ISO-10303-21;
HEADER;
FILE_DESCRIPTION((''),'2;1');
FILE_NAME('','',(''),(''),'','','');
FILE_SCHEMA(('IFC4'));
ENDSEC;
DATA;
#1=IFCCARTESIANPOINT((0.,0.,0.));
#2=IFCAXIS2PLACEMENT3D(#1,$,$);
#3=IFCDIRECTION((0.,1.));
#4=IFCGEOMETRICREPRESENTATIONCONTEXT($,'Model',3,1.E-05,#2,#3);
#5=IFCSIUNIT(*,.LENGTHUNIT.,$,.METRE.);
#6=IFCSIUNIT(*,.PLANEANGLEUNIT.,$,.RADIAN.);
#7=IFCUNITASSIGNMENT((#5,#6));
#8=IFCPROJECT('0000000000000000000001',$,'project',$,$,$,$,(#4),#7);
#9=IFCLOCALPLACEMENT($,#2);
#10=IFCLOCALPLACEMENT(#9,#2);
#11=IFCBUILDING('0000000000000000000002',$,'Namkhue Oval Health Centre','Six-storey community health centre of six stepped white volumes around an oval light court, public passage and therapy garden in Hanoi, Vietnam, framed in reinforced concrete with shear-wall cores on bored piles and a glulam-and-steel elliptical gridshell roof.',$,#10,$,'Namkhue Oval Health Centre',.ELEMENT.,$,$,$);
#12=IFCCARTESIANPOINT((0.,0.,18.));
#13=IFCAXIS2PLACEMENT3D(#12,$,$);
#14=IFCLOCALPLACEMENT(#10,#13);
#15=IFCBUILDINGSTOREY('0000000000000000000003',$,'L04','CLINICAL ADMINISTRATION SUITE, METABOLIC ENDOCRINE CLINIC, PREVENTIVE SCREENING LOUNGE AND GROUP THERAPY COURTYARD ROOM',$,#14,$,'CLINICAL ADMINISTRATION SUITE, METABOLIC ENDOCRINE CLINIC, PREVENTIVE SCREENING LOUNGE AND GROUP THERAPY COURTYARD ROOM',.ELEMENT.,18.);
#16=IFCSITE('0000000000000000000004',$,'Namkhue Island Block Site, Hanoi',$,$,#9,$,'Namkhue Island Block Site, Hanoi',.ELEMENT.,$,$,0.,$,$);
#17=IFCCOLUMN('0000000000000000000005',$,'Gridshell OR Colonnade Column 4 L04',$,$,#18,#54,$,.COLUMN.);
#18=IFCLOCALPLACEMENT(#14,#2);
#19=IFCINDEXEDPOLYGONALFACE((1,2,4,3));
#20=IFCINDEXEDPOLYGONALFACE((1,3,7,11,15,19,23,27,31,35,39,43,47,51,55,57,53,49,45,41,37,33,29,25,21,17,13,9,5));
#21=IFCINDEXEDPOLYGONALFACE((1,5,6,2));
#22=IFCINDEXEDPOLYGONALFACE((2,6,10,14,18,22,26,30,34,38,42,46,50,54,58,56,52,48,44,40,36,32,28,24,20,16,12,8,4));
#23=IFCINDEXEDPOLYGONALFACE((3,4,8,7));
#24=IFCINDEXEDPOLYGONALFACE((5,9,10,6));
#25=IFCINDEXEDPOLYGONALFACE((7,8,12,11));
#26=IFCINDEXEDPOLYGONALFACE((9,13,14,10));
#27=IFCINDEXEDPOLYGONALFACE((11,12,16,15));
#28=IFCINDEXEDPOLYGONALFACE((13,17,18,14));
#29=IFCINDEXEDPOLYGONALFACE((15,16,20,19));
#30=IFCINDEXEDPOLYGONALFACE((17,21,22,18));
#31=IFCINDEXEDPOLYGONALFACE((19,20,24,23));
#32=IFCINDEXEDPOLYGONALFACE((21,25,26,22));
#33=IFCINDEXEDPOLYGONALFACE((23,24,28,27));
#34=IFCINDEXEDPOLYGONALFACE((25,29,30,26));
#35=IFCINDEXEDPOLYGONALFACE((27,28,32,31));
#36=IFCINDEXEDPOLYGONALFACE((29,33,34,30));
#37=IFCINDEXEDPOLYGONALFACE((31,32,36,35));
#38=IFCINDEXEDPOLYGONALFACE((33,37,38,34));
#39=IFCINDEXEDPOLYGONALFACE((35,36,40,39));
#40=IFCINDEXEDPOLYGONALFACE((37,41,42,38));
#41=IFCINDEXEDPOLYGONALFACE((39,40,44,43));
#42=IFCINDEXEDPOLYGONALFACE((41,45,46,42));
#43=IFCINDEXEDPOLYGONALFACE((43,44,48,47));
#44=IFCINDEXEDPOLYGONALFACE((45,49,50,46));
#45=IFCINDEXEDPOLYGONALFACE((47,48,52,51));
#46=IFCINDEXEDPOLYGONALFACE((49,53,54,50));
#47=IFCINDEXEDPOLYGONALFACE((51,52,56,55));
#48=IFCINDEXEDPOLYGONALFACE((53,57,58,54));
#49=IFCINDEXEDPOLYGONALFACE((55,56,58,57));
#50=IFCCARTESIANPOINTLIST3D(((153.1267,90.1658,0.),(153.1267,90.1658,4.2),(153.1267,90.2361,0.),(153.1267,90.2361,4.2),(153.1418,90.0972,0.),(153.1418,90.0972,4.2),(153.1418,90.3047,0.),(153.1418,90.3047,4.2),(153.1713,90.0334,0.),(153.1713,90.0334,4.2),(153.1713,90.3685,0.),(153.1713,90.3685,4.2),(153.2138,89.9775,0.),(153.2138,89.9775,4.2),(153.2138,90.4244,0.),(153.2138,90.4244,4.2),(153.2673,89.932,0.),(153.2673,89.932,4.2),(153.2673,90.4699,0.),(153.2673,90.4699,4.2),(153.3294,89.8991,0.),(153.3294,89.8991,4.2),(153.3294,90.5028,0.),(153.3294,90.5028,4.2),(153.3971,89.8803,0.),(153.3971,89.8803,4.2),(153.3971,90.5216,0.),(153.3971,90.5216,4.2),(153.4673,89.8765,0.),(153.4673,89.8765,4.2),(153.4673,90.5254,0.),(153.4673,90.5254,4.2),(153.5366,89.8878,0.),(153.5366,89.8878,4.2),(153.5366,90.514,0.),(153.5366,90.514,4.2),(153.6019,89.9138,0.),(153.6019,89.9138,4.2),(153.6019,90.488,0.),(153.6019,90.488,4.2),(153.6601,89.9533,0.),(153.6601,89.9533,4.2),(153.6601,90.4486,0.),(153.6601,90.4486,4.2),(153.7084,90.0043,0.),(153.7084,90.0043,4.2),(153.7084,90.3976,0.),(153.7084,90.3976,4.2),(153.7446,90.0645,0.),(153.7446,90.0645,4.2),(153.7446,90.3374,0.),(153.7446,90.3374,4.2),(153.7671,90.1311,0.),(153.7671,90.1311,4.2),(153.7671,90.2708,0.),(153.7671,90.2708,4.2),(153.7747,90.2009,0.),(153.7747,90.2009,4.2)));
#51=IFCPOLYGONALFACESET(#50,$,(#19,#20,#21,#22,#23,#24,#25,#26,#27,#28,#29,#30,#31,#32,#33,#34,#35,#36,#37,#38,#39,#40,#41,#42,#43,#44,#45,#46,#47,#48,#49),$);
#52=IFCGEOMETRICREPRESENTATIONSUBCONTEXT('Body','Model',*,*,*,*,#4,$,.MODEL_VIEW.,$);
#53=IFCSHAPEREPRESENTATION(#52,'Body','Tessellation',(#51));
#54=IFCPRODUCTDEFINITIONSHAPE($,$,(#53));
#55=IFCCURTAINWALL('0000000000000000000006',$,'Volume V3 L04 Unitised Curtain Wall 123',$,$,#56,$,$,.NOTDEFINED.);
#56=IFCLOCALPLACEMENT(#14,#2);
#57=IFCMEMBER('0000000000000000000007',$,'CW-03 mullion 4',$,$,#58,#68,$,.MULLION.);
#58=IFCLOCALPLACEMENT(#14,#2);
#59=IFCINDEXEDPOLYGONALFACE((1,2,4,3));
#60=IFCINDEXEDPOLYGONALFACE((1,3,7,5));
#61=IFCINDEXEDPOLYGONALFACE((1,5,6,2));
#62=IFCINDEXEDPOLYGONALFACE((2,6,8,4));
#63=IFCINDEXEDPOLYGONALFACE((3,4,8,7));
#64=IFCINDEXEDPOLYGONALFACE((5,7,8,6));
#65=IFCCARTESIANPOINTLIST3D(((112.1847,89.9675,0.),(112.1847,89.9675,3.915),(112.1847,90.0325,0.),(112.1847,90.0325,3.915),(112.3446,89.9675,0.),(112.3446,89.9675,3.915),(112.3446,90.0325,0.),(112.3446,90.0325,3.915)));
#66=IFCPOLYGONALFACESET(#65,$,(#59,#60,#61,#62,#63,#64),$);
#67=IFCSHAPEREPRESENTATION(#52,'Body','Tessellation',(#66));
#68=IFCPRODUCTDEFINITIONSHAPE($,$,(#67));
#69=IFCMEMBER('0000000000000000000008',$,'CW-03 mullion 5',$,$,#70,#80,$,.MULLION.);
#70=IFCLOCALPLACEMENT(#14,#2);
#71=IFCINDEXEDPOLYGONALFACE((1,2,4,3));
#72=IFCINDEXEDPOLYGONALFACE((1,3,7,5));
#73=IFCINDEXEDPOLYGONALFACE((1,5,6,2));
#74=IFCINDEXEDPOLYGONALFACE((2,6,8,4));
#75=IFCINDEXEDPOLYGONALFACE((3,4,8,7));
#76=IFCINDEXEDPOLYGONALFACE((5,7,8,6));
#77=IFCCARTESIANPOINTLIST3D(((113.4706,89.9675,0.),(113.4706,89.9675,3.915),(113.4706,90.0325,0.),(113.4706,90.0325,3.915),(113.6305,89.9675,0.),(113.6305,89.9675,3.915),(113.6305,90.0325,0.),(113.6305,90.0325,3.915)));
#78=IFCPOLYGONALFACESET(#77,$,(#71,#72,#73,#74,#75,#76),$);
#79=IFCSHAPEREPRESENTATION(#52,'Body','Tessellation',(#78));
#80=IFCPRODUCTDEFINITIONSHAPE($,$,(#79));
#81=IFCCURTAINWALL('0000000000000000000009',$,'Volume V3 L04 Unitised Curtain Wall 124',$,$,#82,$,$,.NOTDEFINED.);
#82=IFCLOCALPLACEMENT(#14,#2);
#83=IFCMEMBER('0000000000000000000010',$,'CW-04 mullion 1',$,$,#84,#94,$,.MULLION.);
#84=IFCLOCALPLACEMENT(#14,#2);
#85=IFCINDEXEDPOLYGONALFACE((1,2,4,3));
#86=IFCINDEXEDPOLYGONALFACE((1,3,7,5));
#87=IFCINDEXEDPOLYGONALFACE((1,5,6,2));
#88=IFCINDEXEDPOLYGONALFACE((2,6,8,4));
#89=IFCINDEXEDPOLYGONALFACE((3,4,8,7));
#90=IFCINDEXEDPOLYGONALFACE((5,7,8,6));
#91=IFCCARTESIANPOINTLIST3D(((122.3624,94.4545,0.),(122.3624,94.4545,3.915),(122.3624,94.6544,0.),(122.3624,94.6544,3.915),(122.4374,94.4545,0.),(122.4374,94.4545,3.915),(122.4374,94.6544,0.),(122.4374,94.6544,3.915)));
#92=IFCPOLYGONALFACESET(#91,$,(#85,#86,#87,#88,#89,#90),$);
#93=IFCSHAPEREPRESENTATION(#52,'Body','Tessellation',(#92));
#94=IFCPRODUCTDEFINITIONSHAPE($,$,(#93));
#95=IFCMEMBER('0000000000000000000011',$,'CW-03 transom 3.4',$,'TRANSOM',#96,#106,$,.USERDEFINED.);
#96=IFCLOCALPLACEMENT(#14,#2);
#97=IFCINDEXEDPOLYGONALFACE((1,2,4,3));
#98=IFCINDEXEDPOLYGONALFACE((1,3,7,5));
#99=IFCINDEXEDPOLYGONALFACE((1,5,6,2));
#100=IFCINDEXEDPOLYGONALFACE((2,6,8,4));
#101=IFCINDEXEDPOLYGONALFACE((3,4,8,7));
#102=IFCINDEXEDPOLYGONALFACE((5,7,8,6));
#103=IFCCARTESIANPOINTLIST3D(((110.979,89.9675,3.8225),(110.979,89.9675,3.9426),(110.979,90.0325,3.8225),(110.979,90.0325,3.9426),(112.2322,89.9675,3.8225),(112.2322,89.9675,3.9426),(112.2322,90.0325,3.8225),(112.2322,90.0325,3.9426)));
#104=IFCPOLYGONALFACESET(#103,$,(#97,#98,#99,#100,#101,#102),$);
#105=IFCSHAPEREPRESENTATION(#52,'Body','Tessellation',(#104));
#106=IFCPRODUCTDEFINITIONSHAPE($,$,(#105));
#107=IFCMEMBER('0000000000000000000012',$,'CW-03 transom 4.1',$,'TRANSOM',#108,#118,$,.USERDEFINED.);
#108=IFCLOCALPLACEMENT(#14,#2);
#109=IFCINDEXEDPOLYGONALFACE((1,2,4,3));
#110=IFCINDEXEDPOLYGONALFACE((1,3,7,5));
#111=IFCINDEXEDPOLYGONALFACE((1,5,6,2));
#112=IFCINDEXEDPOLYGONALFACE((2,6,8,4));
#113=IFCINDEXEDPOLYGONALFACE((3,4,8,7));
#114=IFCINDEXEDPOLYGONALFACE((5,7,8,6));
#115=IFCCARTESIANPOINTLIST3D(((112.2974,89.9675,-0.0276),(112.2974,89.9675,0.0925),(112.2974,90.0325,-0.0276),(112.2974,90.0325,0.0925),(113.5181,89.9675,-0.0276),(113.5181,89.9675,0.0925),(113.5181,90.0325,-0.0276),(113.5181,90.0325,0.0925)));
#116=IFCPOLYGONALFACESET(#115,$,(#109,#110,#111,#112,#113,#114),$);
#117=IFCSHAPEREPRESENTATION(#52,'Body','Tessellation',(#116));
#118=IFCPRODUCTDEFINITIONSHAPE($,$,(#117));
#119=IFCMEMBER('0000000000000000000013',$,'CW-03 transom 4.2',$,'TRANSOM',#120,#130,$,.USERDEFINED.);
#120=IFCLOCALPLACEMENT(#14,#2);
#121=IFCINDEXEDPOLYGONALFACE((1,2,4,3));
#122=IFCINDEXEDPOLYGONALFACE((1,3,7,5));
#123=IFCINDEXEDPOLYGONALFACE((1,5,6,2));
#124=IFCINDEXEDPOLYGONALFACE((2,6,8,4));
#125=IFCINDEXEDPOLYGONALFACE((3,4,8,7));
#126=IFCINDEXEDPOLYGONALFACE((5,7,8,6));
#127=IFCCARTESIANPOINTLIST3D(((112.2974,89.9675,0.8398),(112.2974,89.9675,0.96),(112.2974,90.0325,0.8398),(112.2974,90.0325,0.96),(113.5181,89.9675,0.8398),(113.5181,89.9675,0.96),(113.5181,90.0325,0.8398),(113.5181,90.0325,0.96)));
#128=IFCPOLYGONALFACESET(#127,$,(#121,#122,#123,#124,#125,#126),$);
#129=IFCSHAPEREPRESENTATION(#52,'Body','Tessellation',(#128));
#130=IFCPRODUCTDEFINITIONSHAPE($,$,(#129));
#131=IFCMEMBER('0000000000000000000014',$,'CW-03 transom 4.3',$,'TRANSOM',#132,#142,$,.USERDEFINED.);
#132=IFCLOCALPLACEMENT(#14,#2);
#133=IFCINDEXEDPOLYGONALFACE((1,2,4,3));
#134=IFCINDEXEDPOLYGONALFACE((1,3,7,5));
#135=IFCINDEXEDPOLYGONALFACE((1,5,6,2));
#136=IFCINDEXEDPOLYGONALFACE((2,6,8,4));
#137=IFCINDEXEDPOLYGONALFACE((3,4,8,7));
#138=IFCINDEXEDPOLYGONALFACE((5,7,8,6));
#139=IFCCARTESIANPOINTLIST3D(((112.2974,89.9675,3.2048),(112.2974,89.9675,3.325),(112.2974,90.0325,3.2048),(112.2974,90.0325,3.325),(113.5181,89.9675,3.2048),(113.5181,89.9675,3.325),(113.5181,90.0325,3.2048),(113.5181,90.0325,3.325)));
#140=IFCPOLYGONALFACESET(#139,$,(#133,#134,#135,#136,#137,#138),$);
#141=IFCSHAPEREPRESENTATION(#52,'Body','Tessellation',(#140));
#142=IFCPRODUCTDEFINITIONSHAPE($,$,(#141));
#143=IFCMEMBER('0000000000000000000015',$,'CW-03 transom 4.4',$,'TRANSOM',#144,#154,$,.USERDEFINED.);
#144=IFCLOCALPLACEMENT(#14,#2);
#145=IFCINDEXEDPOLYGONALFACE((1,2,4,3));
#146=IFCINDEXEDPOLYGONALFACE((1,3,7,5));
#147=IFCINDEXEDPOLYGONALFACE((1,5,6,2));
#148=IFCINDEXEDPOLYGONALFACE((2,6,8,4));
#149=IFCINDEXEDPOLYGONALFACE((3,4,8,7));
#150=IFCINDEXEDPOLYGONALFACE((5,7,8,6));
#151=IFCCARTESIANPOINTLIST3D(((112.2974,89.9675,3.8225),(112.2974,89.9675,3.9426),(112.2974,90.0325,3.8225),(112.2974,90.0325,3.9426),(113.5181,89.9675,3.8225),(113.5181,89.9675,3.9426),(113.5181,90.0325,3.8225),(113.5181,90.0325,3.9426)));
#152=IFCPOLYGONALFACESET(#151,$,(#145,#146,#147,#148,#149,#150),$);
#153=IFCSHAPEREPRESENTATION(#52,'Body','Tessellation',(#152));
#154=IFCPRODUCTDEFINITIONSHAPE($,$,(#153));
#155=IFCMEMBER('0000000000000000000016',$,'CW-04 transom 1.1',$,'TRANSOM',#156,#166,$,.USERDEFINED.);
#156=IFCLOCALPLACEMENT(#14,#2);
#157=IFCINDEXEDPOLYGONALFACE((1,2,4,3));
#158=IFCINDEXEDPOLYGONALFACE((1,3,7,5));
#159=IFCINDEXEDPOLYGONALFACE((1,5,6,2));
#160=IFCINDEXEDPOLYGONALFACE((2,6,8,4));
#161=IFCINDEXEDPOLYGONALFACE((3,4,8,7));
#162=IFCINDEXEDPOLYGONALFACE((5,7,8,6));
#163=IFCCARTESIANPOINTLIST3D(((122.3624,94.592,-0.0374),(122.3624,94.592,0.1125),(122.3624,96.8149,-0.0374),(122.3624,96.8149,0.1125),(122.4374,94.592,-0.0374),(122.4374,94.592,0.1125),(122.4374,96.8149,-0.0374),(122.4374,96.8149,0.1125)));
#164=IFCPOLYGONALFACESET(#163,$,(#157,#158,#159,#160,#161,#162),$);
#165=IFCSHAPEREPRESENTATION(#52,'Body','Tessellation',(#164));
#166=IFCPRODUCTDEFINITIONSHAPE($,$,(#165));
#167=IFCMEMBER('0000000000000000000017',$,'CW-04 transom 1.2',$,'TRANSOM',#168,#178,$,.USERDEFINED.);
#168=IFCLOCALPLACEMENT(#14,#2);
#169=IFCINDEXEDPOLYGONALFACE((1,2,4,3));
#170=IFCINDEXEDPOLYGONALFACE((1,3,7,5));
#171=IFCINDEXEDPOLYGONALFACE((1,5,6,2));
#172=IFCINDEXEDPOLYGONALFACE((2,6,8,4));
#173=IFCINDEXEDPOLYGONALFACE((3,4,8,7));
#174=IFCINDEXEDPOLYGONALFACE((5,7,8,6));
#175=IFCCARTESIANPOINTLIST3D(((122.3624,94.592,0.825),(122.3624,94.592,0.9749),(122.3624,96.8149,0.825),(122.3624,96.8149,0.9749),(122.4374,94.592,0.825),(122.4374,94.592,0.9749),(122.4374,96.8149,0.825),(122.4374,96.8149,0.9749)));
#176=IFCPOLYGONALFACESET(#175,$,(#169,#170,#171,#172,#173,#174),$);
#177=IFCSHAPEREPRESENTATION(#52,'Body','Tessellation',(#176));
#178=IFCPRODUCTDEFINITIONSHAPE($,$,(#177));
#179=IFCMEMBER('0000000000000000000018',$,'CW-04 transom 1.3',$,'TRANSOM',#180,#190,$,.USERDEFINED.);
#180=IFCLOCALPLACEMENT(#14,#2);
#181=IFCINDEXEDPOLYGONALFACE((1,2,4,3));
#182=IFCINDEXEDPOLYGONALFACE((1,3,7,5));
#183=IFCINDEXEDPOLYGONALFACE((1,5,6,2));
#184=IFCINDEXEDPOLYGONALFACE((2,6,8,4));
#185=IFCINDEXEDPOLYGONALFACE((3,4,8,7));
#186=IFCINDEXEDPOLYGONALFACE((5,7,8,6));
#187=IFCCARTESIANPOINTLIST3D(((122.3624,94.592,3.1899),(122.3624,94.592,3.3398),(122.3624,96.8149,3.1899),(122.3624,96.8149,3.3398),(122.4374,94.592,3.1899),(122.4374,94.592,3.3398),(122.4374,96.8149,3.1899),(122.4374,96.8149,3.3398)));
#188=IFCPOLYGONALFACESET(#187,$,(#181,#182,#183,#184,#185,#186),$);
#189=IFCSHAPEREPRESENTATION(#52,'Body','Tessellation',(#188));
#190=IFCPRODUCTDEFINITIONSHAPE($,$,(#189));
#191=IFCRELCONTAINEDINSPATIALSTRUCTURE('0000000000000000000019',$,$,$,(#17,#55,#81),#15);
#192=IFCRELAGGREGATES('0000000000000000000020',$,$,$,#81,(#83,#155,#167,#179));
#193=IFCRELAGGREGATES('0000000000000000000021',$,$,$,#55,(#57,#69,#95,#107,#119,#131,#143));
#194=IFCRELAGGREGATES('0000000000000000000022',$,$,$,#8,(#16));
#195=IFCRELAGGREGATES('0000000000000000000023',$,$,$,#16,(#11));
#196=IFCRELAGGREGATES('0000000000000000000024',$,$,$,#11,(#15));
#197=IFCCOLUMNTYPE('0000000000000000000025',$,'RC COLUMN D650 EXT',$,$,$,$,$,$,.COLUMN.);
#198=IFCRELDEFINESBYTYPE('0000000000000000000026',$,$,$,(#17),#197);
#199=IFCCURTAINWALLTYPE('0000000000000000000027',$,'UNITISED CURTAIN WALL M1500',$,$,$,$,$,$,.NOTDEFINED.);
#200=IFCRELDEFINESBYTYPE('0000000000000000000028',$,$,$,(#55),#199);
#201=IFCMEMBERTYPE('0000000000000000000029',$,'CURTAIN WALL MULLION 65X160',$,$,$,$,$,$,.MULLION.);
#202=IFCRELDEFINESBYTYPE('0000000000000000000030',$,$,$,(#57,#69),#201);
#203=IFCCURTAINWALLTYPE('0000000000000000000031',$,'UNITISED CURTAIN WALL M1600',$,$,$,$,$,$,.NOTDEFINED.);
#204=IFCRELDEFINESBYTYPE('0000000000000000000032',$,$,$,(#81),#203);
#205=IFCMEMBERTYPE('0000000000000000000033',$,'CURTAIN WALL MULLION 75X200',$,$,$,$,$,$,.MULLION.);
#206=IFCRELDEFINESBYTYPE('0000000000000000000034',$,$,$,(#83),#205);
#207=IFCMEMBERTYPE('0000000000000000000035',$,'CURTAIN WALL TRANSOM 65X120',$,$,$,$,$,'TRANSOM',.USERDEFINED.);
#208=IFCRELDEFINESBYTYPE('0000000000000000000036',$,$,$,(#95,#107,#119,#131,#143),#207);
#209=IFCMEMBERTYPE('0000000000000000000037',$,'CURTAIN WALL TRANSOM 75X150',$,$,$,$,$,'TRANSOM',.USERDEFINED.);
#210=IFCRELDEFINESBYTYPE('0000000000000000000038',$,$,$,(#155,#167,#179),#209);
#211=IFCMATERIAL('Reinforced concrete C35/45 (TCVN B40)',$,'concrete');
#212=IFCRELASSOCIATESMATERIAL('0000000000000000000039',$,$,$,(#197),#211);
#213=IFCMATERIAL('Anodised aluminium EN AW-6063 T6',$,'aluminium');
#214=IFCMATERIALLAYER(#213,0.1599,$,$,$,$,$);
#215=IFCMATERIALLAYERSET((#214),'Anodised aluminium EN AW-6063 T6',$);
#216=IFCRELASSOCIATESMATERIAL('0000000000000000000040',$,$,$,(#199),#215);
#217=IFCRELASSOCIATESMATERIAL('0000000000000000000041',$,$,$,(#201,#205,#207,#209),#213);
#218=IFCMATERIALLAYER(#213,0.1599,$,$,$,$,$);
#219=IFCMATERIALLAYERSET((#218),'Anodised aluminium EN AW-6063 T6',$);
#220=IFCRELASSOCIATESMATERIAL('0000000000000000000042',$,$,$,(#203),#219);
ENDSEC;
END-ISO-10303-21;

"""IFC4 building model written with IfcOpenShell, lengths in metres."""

from ifc_helpers import new_model, si_unit, direction, frame, origin, origin_2d, place, context, subcontext, project, spatial, rectangle, circle, extrude, material, layer, layer_set, material_profile, profile_set, type_object, element, aggregate, save


model = new_model("IFC4")

# Units and contexts
model_context = context("Model", 3, precision=1e-05, world=origin(), true_north=direction((0.0, 1.0)))
body_context = subcontext(model_context, "Body", "Model", "MODEL_VIEW")
ifc_project = project(units=[si_unit("LENGTHUNIT", "METRE"), si_unit("PLANEANGLEUNIT", "RADIAN")], contexts=[model_context])

# Site, building, storey
site_placement = place(None, origin())
site = spatial("IfcSite", under=ifc_project, at=site_placement, Name="Namkhue Island Block Site, Hanoi", LongName="Namkhue Island Block Site, Hanoi", CompositionType="ELEMENT", RefElevation=0.0)
building_placement = place(site_placement, origin())
building = spatial("IfcBuilding", under=site, at=building_placement, Name="Namkhue Oval Health Centre", Description="Six-storey community health centre of six stepped white volumes around an oval light court, public passage and therapy garden in Hanoi, Vietnam, framed in reinforced concrete with shear-wall cores on bored piles and a glulam-and-steel elliptical gridshell roof.", LongName="Namkhue Oval Health Centre", CompositionType="ELEMENT")
storey_placement = place(building_placement, frame((0.0, 0.0, 18.0)))
storey = spatial("IfcBuildingStorey", under=building, at=storey_placement, Name="L04", Description="CLINICAL ADMINISTRATION SUITE, METABOLIC ENDOCRINE CLINIC, PREVENTIVE SCREENING LOUNGE AND GROUP THERAPY COURTYARD ROOM", LongName="CLINICAL ADMINISTRATION SUITE, METABOLIC ENDOCRINE CLINIC, PREVENTIVE SCREENING LOUNGE AND GROUP THERAPY COURTYARD ROOM", CompositionType="ELEMENT", Elevation=18.0)

# Column
ifc_material_1 = material(Name="Reinforced concrete C35/45 (TCVN B40)", Category="concrete")
ifc_material_profile_1 = material_profile(ifc_material_1, circle(Radius=0.325, at=origin_2d()), Name="RC D650")
ifc_profile_set_1 = profile_set([ifc_material_profile_1], Name="Reinforced concrete C35/45 (TCVN B40)")
column_type = type_object("IfcColumnType", Name="RC COLUMN D650 EXT", PredefinedType="COLUMN", material=ifc_profile_set_1)
column_placement = place(storey_placement, frame((153.4497, 90.2009, 0.0), z_axis=(0.0, 0.0, 1.0), x_axis=(1.0, 0.0, 0.0)))
element("IfcColumn", 1, at=column_placement, inside=storey, type_object=column_type, Name="Gridshell OR Colonnade Column 4 L04", PredefinedType="COLUMN", context=body_context, shape_type="SweptSolid", body=[
    extrude(circle(Radius=0.325, at=origin_2d()), origin(), (0.0, 0.0, 1.0), 4.2),
])

# Curtain wall, members
ifc_material_2 = material(Name="Anodised aluminium EN AW-6063 T6", Category="aluminium")
ifc_layer_1 = layer(ifc_material_2, 0.1599)
ifc_layer_set_1 = layer_set([ifc_layer_1], Name="Anodised aluminium EN AW-6063 T6")
curtain_wall_type_1 = type_object("IfcCurtainWallType", Name="UNITISED CURTAIN WALL M1500", PredefinedType="NOTDEFINED", material=ifc_layer_set_1)
curtain_wall_1_placement = place(storey_placement, origin())
curtain_wall_1 = element("IfcCurtainWall", 2, at=curtain_wall_1_placement, inside=storey, type_object=curtain_wall_type_1, Name="Volume V3 L04 Unitised Curtain Wall 123", PredefinedType="NOTDEFINED")
ifc_material_profile_2 = material_profile(ifc_material_2, rectangle(XDim=0.0649, YDim=0.1599, at=origin_2d()), Name="ALU 65x160")
ifc_profile_set_2 = profile_set([ifc_material_profile_2], Name="Anodised aluminium EN AW-6063 T6")
member_type_1 = type_object("IfcMemberType", Name="CURTAIN WALL MULLION 65X160", PredefinedType="MULLION", material=ifc_profile_set_2)
member_1_placement = place(storey_placement, frame((112.2646, 90.0, 0.0), z_axis=(0.0, 0.0, 1.0), x_axis=(0.0, 1.0, 0.0)))
member_1 = element("IfcMember", 3, at=member_1_placement, type_object=member_type_1, Name="CW-03 mullion 4", PredefinedType="MULLION", context=body_context, shape_type="SweptSolid", body=[
    extrude(rectangle(XDim=0.0649, YDim=0.1599, at=origin_2d()), origin(), (0.0, 0.0, 1.0), 3.915),
])
member_2_placement = place(storey_placement, frame((113.5505, 90.0, 0.0), z_axis=(0.0, 0.0, 1.0), x_axis=(0.0, 1.0, 0.0)))
member_2 = element("IfcMember", 4, at=member_2_placement, type_object=member_type_1, Name="CW-03 mullion 5", PredefinedType="MULLION", context=body_context, shape_type="SweptSolid", body=[
    extrude(rectangle(XDim=0.0649, YDim=0.1599, at=origin_2d()), origin(), (0.0, 0.0, 1.0), 3.915),
])

# Curtain wall, member
ifc_layer_2 = layer(ifc_material_2, 0.1599)
ifc_layer_set_2 = layer_set([ifc_layer_2], Name="Anodised aluminium EN AW-6063 T6")
curtain_wall_type_2 = type_object("IfcCurtainWallType", Name="UNITISED CURTAIN WALL M1600", PredefinedType="NOTDEFINED", material=ifc_layer_set_2)
curtain_wall_2_placement = place(storey_placement, origin())
curtain_wall_2 = element("IfcCurtainWall", 5, at=curtain_wall_2_placement, inside=storey, type_object=curtain_wall_type_2, Name="Volume V3 L04 Unitised Curtain Wall 124", PredefinedType="NOTDEFINED")
ifc_material_profile_3 = material_profile(ifc_material_2, rectangle(XDim=0.075, YDim=0.2, at=origin_2d()), Name="ALU 75x200")
ifc_profile_set_3 = profile_set([ifc_material_profile_3], Name="Anodised aluminium EN AW-6063 T6")
member_type_2 = type_object("IfcMemberType", Name="CURTAIN WALL MULLION 75X200", PredefinedType="MULLION", material=ifc_profile_set_3)
member_3_placement = place(storey_placement, frame((122.3999, 94.5544, 0.0), z_axis=(0.0, 0.0, 1.0), x_axis=(-1.0, 0.0, 0.0)))
member_3 = element("IfcMember", 6, at=member_3_placement, type_object=member_type_2, Name="CW-04 mullion 1", PredefinedType="MULLION", context=body_context, shape_type="SweptSolid", body=[
    extrude(rectangle(XDim=0.075, YDim=0.2, at=origin_2d()), origin(), (0.0, 0.0, 1.0), 3.915),
])

# Members
ifc_material_profile_4 = material_profile(ifc_material_2, rectangle(XDim=0.0649, YDim=0.1201, at=origin_2d()), Name="ALU 65x120")
ifc_profile_set_4 = profile_set([ifc_material_profile_4], Name="Anodised aluminium EN AW-6063 T6")
member_type_3 = type_object("IfcMemberType", Name="CURTAIN WALL TRANSOM 65X120", ElementType="TRANSOM", PredefinedType="USERDEFINED", material=ifc_profile_set_4)
member_4_placement = place(storey_placement, frame((110.979, 90.0, 3.8826), z_axis=(1.0, 0.0, 0.0), x_axis=(0.0, 1.0, 0.0)))
member_4 = element("IfcMember", 7, at=member_4_placement, type_object=member_type_3, Name="CW-03 transom 3.4", ObjectType="TRANSOM", PredefinedType="USERDEFINED", context=body_context, shape_type="SweptSolid", body=[
    extrude(rectangle(XDim=0.0649, YDim=0.1201, at=origin_2d()), origin(), (0.0, 0.0, 1.0), 1.2532),
])
member_5_placement = place(storey_placement, frame((112.2974, 90.0, 0.0325), z_axis=(1.0, 0.0, 0.0), x_axis=(0.0, 1.0, 0.0)))
member_5 = element("IfcMember", 8, at=member_5_placement, type_object=member_type_3, Name="CW-03 transom 4.1", ObjectType="TRANSOM", PredefinedType="USERDEFINED", context=body_context, shape_type="SweptSolid", body=[
    extrude(rectangle(XDim=0.0649, YDim=0.1201, at=origin_2d()), origin(), (0.0, 0.0, 1.0), 1.2207),
])
member_6_placement = place(storey_placement, frame((112.2974, 90.0, 0.8999), z_axis=(1.0, 0.0, 0.0), x_axis=(0.0, 1.0, 0.0)))
member_6 = element("IfcMember", 9, at=member_6_placement, type_object=member_type_3, Name="CW-03 transom 4.2", ObjectType="TRANSOM", PredefinedType="USERDEFINED", context=body_context, shape_type="SweptSolid", body=[
    extrude(rectangle(XDim=0.0649, YDim=0.1201, at=origin_2d()), origin(), (0.0, 0.0, 1.0), 1.2207),
])
member_7_placement = place(storey_placement, frame((112.2974, 90.0, 3.2649), z_axis=(1.0, 0.0, 0.0), x_axis=(0.0, 1.0, 0.0)))
member_7 = element("IfcMember", 10, at=member_7_placement, type_object=member_type_3, Name="CW-03 transom 4.3", ObjectType="TRANSOM", PredefinedType="USERDEFINED", context=body_context, shape_type="SweptSolid", body=[
    extrude(rectangle(XDim=0.0649, YDim=0.1201, at=origin_2d()), origin(), (0.0, 0.0, 1.0), 1.2207),
])
member_8_placement = place(storey_placement, frame((112.2974, 90.0, 3.8826), z_axis=(1.0, 0.0, 0.0), x_axis=(0.0, 1.0, 0.0)))
member_8 = element("IfcMember", 11, at=member_8_placement, type_object=member_type_3, Name="CW-03 transom 4.4", ObjectType="TRANSOM", PredefinedType="USERDEFINED", context=body_context, shape_type="SweptSolid", body=[
    extrude(rectangle(XDim=0.0649, YDim=0.1201, at=origin_2d()), origin(), (0.0, 0.0, 1.0), 1.2207),
])
ifc_material_profile_5 = material_profile(ifc_material_2, rectangle(XDim=0.075, YDim=0.1499, at=origin_2d()), Name="ALU 75x150")
ifc_profile_set_5 = profile_set([ifc_material_profile_5], Name="Anodised aluminium EN AW-6063 T6")
member_type_4 = type_object("IfcMemberType", Name="CURTAIN WALL TRANSOM 75X150", ElementType="TRANSOM", PredefinedType="USERDEFINED", material=ifc_profile_set_5)
member_9_placement = place(storey_placement, frame((122.3999, 94.592, 0.0376), z_axis=(0.0, 1.0, 0.0), x_axis=(-1.0, 0.0, 0.0)))
member_9 = element("IfcMember", 12, at=member_9_placement, type_object=member_type_4, Name="CW-04 transom 1.1", ObjectType="TRANSOM", PredefinedType="USERDEFINED", context=body_context, shape_type="SweptSolid", body=[
    extrude(rectangle(XDim=0.075, YDim=0.1499, at=origin_2d()), origin(), (0.0, 0.0, 1.0), 2.2229),
])
member_10_placement = place(storey_placement, frame((122.3999, 94.592, 0.8999), z_axis=(0.0, 1.0, 0.0), x_axis=(-1.0, 0.0, 0.0)))
member_10 = element("IfcMember", 13, at=member_10_placement, type_object=member_type_4, Name="CW-04 transom 1.2", ObjectType="TRANSOM", PredefinedType="USERDEFINED", context=body_context, shape_type="SweptSolid", body=[
    extrude(rectangle(XDim=0.075, YDim=0.1499, at=origin_2d()), origin(), (0.0, 0.0, 1.0), 2.2229),
])
member_11_placement = place(storey_placement, frame((122.3999, 94.592, 3.2649), z_axis=(0.0, 1.0, 0.0), x_axis=(-1.0, 0.0, 0.0)))
member_11 = element("IfcMember", 14, at=member_11_placement, type_object=member_type_4, Name="CW-04 transom 1.3", ObjectType="TRANSOM", PredefinedType="USERDEFINED", context=body_context, shape_type="SweptSolid", body=[
    extrude(rectangle(XDim=0.075, YDim=0.1499, at=origin_2d()), origin(), (0.0, 0.0, 1.0), 2.2229),
])
aggregate(curtain_wall_2, [member_3, member_9, member_10, member_11])

aggregate(curtain_wall_1, [member_1, member_2, member_4, member_5, member_6, member_7, member_8])

save(model, "model.ifc")
